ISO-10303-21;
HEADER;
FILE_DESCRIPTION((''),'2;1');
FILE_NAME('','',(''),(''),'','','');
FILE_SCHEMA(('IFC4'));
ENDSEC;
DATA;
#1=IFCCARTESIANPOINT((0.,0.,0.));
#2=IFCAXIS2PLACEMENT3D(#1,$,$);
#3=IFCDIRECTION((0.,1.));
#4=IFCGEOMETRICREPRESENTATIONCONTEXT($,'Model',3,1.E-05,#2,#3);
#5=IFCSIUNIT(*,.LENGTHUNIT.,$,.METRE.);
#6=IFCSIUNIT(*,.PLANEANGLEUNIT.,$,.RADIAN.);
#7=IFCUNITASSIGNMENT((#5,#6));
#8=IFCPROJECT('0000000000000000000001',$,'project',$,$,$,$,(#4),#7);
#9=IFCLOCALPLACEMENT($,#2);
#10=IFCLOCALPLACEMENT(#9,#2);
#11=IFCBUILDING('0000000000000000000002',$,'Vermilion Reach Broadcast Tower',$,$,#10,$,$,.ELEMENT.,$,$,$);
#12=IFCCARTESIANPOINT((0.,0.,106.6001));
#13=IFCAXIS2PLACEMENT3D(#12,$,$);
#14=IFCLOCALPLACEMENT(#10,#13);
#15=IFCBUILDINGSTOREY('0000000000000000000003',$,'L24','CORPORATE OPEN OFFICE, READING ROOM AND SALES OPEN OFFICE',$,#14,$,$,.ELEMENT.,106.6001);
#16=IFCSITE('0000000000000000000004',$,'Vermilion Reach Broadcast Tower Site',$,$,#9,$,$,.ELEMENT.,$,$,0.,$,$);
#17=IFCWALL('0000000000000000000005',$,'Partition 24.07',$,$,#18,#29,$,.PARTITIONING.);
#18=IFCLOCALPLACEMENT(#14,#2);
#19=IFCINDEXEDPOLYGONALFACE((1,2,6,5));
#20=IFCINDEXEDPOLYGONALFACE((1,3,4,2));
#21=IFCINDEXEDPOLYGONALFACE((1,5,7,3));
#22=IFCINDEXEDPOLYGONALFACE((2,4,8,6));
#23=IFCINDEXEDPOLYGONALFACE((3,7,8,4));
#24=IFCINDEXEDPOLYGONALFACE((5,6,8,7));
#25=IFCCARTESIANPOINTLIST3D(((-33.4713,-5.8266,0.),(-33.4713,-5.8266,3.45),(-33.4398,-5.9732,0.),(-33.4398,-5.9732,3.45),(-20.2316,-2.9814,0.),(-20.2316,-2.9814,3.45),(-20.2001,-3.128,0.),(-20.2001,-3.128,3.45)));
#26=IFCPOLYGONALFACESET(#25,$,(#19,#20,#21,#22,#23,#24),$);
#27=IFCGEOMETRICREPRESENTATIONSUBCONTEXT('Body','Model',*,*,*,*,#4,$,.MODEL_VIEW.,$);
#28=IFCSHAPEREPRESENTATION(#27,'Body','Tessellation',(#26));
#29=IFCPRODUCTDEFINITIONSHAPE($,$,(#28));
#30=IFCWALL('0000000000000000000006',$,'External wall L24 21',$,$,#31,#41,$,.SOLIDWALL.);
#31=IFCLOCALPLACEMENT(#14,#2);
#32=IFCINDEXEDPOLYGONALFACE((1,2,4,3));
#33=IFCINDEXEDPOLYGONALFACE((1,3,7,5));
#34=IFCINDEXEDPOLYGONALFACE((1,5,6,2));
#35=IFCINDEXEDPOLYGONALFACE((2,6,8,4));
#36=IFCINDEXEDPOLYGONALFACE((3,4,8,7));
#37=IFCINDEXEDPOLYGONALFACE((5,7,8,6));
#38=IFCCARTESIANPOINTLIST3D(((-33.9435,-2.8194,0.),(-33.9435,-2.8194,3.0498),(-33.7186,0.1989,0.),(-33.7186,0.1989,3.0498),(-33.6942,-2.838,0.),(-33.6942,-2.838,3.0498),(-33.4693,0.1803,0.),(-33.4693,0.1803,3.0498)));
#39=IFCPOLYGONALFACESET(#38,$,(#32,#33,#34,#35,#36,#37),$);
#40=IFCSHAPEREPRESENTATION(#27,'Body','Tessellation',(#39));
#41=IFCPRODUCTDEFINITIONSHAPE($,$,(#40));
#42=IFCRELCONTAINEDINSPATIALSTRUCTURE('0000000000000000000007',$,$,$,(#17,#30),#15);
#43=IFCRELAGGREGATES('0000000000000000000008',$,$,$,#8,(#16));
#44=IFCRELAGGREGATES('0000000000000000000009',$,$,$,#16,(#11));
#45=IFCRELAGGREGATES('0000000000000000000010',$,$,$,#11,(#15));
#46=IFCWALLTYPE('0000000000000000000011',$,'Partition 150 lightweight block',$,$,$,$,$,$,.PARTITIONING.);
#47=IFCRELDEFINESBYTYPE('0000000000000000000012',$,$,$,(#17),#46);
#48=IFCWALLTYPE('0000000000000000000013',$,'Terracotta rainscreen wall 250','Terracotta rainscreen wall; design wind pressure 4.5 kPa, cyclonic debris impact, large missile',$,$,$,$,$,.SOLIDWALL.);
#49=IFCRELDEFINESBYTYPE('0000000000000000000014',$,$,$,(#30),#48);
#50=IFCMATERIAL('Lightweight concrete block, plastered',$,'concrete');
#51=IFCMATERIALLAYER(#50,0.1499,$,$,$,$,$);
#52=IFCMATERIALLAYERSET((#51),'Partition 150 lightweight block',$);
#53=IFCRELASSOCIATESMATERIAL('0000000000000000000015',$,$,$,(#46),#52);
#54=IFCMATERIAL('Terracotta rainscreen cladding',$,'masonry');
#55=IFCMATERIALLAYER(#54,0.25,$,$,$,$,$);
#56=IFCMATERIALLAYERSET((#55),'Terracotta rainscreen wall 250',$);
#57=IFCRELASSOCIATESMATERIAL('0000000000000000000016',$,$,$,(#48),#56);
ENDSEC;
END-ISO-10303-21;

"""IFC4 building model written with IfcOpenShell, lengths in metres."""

from ifc_helpers import new_model, si_unit, direction, frame, frame_2d, origin, place, context, subcontext, project, spatial, rectangle, extrude, material, layer, layer_set, type_object, element, save


model = new_model("IFC4")

# Units and contexts
model_context = context("Model", 3, precision=1e-05, world=origin(), true_north=direction((0.0, 1.0)))
body_context = subcontext(model_context, "Body", "Model", "MODEL_VIEW")
ifc_project = project(units=[si_unit("LENGTHUNIT", "METRE"), si_unit("PLANEANGLEUNIT", "RADIAN")], contexts=[model_context])

# Site, building, storey
site_placement = place(None, origin())
site = spatial("IfcSite", under=ifc_project, at=site_placement, Name="Vermilion Reach Broadcast Tower Site", CompositionType="ELEMENT", RefElevation=0.0)
building_placement = place(site_placement, origin())
building = spatial("IfcBuilding", under=site, at=building_placement, Name="Vermilion Reach Broadcast Tower", CompositionType="ELEMENT")
storey_placement = place(building_placement, frame((0.0, 0.0, 106.6001)))
storey = spatial("IfcBuildingStorey", under=building, at=storey_placement, Name="L24", Description="CORPORATE OPEN OFFICE, READING ROOM AND SALES OPEN OFFICE", CompositionType="ELEMENT", Elevation=106.6001)

# Walls
ifc_material_1 = material(Name="Lightweight concrete block, plastered", Category="concrete")
ifc_layer_1 = layer(ifc_material_1, 0.1499)
ifc_layer_set_1 = layer_set([ifc_layer_1], Name="Partition 150 lightweight block")
wall_type_1 = type_object("IfcWallType", Name="Partition 150 lightweight block", PredefinedType="PARTITIONING", material=ifc_layer_set_1)
wall_1_placement = place(storey_placement, frame((-33.4556, -5.8999, 0.0), z_axis=(0.0, 0.0, 1.0), x_axis=(0.977679, 0.210103, 0.0)))
element("IfcWall", 1, at=wall_1_placement, inside=storey, type_object=wall_type_1, Name="Partition 24.07", PredefinedType="PARTITIONING", context=body_context, shape_type="SweptSolid", body=[
    extrude(rectangle(XDim=13.542, YDim=0.1499, at=frame_2d((6.771, 0.0))), origin(), (0.0, 0.0, 1.0), 3.45),
])
ifc_material_2 = material(Name="Terracotta rainscreen cladding", Category="masonry")
ifc_layer_2 = layer(ifc_material_2, 0.25)
ifc_layer_set_2 = layer_set([ifc_layer_2], Name="Terracotta rainscreen wall 250")
wall_type_2 = type_object("IfcWallType", Name="Terracotta rainscreen wall 250", Description="Terracotta rainscreen wall; design wind pressure 4.5 kPa, cyclonic debris impact, large missile", PredefinedType="SOLIDWALL", material=ifc_layer_set_2)
wall_2_placement = place(storey_placement, frame((-33.594, 0.1895, 0.0), z_axis=(0.0, 0.0, 1.0), x_axis=(-0.074291, -0.997237, 0.0)))
element("IfcWall", 2, at=wall_2_placement, inside=storey, type_object=wall_type_2, Name="External wall L24 21", PredefinedType="SOLIDWALL", context=body_context, shape_type="SweptSolid", body=[
    extrude(rectangle(XDim=3.0266, YDim=0.25, at=frame_2d((1.5132, 0.0))), origin(), (0.0, 0.0, 1.0), 3.0498),
])

save(model, "model.ifc")
